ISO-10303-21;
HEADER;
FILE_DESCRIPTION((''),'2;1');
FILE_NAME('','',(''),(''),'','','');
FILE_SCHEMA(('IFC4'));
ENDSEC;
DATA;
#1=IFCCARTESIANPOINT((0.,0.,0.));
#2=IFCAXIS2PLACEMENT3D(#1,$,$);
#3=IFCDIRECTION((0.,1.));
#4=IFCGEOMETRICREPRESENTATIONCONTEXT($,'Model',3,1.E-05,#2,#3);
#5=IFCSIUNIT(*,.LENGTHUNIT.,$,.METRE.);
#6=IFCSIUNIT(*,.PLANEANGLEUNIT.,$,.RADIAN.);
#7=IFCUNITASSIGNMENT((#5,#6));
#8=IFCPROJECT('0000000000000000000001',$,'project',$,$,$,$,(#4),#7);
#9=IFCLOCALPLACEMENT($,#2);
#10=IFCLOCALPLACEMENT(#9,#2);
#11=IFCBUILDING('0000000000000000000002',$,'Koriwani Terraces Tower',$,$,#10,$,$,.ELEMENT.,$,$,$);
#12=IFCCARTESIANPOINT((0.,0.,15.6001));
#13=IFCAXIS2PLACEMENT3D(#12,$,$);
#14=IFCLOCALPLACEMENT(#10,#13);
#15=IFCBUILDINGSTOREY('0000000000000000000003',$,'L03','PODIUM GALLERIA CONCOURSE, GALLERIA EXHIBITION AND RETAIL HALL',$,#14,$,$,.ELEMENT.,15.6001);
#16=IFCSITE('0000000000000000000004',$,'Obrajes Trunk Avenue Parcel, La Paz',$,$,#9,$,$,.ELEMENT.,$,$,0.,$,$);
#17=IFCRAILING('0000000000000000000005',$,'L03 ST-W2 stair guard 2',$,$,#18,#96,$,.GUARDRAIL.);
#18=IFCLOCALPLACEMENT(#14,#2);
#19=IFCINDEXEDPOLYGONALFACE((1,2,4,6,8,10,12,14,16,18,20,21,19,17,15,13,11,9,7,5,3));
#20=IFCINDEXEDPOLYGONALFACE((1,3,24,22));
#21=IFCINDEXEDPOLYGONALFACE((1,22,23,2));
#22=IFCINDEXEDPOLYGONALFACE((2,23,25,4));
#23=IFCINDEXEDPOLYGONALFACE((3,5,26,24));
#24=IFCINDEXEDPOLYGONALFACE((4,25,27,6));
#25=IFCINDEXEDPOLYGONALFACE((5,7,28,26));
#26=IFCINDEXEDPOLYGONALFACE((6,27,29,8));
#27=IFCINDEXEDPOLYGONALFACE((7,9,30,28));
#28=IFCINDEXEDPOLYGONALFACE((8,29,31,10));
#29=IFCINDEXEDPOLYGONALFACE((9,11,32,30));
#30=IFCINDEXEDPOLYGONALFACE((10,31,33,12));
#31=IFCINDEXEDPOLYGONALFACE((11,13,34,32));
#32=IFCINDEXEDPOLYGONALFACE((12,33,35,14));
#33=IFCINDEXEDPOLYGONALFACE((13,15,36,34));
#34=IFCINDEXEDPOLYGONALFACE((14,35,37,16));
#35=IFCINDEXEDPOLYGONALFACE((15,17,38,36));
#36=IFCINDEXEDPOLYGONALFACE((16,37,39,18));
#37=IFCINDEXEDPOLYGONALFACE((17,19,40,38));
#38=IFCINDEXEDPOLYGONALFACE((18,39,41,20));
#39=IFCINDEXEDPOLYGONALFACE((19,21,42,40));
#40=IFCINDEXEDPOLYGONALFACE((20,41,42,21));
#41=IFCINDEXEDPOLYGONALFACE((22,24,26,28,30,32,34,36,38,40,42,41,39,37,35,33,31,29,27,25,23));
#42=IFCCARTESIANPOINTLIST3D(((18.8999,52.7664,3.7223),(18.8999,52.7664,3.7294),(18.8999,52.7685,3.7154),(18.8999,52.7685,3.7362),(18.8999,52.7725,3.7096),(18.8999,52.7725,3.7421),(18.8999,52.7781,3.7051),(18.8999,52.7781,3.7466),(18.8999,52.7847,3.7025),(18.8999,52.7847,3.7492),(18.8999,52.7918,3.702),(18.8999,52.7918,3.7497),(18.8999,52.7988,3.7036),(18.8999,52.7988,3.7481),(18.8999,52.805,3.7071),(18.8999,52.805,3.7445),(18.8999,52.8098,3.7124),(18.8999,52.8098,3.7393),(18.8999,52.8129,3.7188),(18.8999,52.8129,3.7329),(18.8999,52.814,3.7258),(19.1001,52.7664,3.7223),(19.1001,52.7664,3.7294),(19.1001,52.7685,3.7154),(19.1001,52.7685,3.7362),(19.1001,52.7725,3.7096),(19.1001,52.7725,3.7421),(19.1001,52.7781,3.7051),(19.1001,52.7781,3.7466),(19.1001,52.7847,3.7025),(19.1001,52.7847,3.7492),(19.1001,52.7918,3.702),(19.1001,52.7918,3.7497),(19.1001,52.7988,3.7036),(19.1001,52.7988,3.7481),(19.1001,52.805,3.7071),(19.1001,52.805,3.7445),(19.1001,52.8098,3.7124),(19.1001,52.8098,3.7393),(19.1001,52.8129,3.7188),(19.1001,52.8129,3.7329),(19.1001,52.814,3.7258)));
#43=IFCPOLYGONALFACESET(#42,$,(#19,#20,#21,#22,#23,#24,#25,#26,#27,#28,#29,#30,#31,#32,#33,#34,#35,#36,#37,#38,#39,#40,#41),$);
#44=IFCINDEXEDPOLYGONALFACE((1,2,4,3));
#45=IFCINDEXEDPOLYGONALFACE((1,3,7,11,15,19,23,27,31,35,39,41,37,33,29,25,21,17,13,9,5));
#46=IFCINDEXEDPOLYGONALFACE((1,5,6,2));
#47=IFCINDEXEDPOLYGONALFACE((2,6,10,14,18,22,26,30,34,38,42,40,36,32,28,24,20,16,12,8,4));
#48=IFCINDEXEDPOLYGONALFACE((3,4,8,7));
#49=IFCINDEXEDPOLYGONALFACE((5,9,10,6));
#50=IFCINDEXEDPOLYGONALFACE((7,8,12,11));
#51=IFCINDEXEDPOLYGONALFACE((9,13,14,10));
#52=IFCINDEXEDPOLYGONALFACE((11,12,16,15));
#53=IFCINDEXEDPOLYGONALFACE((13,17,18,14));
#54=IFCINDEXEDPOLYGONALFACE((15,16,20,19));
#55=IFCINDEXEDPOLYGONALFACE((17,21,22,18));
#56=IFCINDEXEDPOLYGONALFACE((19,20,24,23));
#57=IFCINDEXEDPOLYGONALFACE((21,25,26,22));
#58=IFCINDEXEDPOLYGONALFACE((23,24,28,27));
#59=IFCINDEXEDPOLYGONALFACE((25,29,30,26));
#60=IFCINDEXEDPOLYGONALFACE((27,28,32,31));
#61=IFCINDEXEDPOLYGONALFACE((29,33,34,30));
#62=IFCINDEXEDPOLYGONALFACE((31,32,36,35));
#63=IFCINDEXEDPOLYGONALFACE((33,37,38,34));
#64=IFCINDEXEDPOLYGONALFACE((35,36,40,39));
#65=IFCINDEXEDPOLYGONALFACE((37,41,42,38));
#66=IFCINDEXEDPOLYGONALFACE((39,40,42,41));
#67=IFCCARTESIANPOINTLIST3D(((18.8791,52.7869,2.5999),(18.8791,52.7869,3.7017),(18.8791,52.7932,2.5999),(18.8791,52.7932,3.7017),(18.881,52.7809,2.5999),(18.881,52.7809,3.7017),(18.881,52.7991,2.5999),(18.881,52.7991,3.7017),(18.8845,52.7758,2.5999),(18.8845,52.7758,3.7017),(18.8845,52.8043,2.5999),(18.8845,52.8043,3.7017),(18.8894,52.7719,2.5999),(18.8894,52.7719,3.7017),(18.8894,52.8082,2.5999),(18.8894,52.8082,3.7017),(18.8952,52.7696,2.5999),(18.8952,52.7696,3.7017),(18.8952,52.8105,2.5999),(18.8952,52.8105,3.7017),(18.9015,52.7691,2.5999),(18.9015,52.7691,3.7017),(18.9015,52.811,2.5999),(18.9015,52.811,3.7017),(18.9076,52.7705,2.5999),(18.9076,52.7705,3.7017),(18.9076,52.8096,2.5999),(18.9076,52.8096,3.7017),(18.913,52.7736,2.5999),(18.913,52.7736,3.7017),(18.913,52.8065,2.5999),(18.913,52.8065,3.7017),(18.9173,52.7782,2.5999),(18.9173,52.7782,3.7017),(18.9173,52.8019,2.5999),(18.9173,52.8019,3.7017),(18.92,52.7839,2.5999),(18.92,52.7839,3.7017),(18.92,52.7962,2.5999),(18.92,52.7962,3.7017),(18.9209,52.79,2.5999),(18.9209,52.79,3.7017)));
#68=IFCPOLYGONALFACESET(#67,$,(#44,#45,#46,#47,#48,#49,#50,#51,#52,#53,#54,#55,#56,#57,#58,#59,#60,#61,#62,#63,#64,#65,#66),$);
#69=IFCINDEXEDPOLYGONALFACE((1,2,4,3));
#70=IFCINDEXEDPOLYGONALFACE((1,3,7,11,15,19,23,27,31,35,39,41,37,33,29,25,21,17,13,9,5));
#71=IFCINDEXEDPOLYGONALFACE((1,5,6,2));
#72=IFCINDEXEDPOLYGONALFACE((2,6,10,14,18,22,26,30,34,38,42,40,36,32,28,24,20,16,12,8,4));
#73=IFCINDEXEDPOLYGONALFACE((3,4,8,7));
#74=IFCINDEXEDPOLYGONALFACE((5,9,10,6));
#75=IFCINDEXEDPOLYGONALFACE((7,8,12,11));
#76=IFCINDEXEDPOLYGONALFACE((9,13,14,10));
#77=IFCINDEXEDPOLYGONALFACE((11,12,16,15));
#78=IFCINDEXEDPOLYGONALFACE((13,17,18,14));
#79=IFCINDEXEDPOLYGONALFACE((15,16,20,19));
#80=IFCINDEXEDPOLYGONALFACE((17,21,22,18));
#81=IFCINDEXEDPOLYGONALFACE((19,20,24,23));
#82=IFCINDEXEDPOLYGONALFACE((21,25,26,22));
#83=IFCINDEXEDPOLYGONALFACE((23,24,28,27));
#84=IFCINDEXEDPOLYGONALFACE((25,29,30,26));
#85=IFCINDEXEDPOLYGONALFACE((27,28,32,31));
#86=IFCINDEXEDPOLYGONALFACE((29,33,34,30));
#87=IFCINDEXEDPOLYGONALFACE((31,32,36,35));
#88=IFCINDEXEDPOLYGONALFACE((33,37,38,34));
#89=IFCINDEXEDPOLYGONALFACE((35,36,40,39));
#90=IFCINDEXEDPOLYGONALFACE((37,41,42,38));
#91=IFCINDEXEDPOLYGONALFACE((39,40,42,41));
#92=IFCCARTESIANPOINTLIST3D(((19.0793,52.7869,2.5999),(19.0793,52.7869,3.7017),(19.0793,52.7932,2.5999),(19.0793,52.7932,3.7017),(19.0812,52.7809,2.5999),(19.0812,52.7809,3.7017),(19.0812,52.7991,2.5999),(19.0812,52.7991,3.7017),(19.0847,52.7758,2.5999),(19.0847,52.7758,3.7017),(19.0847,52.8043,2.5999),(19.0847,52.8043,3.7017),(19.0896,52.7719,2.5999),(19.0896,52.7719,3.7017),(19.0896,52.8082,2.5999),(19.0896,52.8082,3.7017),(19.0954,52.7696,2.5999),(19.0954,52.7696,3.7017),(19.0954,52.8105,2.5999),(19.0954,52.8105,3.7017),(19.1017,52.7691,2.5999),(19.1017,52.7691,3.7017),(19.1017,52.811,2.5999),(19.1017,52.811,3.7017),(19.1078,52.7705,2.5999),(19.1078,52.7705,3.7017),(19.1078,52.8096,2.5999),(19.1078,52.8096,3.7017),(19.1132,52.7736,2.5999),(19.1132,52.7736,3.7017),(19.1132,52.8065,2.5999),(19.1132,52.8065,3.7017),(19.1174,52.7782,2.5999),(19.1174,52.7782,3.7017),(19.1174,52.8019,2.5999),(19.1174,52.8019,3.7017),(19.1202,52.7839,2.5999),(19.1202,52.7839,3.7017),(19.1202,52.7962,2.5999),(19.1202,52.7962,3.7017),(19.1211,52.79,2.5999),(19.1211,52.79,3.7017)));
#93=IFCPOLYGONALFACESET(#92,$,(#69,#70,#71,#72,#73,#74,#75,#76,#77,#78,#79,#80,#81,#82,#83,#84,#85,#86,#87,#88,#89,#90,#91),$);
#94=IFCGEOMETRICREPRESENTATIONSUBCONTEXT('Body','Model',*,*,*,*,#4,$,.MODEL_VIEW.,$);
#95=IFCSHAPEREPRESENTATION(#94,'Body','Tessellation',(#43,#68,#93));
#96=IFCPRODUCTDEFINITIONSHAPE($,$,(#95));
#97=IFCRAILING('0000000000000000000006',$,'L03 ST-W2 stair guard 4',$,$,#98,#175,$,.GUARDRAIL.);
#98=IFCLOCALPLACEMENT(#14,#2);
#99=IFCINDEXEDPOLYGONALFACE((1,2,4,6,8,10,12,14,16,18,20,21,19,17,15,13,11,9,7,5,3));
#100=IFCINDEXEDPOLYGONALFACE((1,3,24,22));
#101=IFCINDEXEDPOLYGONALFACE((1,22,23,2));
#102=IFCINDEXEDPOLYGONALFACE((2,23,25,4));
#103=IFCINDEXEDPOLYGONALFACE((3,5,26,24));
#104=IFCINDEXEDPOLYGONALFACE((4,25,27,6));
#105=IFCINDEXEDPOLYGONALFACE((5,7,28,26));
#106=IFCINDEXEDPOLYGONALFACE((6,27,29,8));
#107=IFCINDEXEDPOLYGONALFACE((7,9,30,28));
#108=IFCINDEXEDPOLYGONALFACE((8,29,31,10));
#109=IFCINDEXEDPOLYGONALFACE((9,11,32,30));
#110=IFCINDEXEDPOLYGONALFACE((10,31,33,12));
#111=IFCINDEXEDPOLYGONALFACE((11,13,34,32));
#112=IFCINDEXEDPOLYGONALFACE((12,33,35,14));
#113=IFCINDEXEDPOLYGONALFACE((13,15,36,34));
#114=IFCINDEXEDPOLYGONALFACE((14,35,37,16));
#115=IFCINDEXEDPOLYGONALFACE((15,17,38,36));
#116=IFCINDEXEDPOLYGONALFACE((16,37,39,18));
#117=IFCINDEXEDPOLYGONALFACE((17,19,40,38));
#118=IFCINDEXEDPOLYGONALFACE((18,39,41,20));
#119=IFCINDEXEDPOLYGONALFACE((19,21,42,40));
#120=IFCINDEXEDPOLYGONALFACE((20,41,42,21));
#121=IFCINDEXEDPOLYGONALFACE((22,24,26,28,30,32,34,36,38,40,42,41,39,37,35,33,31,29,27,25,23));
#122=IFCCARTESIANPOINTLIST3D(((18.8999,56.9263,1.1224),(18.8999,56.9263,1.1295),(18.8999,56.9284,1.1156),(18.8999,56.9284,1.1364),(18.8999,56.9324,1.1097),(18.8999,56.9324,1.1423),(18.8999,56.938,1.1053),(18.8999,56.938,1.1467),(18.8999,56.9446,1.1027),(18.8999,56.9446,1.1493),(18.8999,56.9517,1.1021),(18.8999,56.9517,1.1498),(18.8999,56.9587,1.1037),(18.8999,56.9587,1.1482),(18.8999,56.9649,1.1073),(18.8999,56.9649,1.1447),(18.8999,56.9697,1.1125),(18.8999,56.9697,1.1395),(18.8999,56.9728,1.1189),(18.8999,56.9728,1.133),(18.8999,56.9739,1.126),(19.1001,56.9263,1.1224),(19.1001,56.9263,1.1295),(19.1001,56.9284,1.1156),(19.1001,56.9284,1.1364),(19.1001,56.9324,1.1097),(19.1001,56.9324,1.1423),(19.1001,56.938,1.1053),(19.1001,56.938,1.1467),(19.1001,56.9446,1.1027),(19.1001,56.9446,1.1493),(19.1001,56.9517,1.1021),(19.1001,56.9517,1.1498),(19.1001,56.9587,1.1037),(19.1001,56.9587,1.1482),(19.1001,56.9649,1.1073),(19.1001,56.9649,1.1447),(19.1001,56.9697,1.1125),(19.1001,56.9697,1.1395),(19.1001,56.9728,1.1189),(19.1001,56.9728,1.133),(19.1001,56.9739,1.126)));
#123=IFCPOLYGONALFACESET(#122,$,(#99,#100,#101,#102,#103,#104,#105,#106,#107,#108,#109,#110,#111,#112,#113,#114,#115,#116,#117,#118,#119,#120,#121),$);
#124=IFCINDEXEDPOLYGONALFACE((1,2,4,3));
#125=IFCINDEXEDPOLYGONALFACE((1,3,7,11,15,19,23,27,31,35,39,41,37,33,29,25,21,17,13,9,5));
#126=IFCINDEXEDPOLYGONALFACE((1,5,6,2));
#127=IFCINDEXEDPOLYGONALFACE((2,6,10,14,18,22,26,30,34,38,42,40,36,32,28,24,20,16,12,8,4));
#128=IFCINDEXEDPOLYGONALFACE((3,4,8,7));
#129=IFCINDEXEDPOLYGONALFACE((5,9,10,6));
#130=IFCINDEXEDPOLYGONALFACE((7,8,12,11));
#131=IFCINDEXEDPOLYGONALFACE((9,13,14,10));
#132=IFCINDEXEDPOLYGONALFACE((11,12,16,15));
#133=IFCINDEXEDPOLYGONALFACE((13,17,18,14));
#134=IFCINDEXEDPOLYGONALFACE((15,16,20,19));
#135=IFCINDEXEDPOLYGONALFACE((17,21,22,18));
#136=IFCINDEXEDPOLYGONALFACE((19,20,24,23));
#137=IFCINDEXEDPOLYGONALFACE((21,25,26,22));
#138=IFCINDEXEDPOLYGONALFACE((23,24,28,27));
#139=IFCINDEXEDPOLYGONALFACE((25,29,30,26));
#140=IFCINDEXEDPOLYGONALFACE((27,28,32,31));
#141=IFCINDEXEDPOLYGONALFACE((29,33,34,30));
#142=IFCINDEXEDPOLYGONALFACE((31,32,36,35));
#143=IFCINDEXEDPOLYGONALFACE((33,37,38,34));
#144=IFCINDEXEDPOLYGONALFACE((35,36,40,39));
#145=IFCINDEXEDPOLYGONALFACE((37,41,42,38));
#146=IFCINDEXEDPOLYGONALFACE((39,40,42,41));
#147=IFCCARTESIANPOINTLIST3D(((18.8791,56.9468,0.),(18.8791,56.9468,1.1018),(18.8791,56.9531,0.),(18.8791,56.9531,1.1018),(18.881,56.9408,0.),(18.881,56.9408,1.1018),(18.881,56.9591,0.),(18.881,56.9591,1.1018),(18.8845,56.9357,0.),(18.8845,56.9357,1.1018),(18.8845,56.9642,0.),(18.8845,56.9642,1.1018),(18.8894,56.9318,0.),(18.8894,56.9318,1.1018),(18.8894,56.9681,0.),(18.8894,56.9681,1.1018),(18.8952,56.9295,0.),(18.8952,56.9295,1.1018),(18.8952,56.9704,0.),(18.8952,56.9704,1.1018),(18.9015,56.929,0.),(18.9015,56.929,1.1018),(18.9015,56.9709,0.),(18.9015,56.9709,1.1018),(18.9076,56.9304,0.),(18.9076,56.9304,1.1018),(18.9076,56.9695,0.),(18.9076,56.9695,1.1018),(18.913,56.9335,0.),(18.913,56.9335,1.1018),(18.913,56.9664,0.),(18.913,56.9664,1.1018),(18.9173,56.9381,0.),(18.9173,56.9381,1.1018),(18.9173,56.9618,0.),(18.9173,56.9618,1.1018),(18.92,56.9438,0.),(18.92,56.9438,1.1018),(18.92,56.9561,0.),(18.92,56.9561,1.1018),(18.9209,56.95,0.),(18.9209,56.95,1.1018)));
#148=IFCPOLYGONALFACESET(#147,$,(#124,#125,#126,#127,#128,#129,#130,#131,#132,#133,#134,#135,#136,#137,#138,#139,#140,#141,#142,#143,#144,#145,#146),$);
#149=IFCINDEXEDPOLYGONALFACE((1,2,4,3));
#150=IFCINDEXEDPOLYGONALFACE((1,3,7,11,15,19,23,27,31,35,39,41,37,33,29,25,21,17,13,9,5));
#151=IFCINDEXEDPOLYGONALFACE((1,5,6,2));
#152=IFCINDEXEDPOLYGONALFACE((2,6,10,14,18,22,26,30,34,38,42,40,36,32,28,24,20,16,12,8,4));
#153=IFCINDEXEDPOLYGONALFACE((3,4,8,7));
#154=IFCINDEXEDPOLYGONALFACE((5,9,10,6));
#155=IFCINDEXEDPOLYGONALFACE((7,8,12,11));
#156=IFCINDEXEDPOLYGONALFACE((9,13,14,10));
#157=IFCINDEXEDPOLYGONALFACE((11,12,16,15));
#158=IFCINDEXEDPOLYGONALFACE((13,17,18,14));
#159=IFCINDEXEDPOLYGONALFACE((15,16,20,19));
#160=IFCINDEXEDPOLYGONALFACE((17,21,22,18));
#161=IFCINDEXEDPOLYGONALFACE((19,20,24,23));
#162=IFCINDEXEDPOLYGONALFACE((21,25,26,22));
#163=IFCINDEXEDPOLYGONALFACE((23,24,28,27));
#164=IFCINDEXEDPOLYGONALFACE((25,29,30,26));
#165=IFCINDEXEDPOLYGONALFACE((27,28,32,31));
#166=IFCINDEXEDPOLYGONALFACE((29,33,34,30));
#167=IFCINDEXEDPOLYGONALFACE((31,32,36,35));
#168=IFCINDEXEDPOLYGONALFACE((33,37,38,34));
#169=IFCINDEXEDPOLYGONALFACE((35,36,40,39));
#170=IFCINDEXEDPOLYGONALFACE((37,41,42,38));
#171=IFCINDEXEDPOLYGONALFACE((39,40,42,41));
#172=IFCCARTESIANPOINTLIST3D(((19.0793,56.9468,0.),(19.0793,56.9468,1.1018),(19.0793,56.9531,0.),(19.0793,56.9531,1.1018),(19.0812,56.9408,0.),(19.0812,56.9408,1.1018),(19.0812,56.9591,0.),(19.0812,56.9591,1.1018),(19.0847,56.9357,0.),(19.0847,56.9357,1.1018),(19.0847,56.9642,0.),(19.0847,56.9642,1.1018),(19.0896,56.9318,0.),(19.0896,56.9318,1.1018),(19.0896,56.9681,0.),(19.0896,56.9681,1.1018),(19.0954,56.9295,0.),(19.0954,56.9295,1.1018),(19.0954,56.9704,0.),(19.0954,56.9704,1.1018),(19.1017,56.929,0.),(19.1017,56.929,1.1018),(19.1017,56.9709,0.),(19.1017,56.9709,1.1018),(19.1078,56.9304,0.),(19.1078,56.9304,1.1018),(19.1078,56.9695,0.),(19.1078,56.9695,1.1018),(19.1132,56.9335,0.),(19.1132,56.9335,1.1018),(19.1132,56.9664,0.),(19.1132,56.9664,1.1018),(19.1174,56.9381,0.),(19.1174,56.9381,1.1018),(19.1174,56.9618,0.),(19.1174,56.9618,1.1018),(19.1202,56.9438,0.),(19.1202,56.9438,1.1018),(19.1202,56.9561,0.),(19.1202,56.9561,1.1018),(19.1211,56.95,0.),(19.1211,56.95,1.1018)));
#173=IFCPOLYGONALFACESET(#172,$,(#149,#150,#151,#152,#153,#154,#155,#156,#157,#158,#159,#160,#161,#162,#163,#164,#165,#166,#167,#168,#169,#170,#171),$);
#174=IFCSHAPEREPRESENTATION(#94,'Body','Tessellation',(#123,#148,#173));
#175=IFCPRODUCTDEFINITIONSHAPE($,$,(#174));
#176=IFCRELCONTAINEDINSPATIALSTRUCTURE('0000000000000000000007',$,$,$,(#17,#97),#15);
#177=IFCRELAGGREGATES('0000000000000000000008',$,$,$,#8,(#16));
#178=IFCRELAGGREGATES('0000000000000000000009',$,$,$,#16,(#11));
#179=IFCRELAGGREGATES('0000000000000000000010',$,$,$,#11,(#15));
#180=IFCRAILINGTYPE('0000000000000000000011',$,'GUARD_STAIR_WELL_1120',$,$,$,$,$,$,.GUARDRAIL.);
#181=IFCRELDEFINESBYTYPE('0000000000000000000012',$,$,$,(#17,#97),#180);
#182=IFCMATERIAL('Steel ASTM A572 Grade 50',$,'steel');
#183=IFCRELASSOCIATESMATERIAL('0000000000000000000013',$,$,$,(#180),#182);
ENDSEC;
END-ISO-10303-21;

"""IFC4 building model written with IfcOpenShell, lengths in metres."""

from ifc_helpers import new_model, si_unit, direction, frame, origin, origin_2d, place, context, subcontext, project, spatial, circle, extrude, material, type_object, element, save


model = new_model("IFC4")

# Units and contexts
model_context = context("Model", 3, precision=1e-05, world=origin(), true_north=direction((0.0, 1.0)))
body_context = subcontext(model_context, "Body", "Model", "MODEL_VIEW")
ifc_project = project(units=[si_unit("LENGTHUNIT", "METRE"), si_unit("PLANEANGLEUNIT", "RADIAN")], contexts=[model_context])

# Site, building, storey
site_placement = place(None, origin())
site = spatial("IfcSite", under=ifc_project, at=site_placement, Name="Obrajes Trunk Avenue Parcel, La Paz", CompositionType="ELEMENT", RefElevation=0.0)
building_placement = place(site_placement, origin())
building = spatial("IfcBuilding", under=site, at=building_placement, Name="Koriwani Terraces Tower", CompositionType="ELEMENT")
storey_placement = place(building_placement, frame((0.0, 0.0, 15.6001)))
storey = spatial("IfcBuildingStorey", under=building, at=storey_placement, Name="L03", Description="PODIUM GALLERIA CONCOURSE, GALLERIA EXHIBITION AND RETAIL HALL", CompositionType="ELEMENT", Elevation=15.6001)

# Shared definitions
ifc_material_1 = material(Name="Steel ASTM A572 Grade 50", Category="steel")

# Railings
railing_type_1 = type_object("IfcRailingType", Name="GUARD_STAIR_WELL_1120", PredefinedType="GUARDRAIL", material=ifc_material_1)
for number, where, name in (
    (1, (18.8999, 52.79, 2.5999), "L03 ST-W2 stair guard 2"),
    (2, (18.8999, 56.95, 0.0), "L03 ST-W2 stair guard 4"),
):
    element("IfcRailing", number, at=place(storey_placement, frame(where)), inside=storey, type_object=railing_type_1, Name=name, PredefinedType="GUARDRAIL", context=body_context, shape_type="SweptSolid", body=[
        extrude(circle(Radius=0.0239, at=origin_2d()), frame((0.0, 0.0, 1.126), z_axis=(1.0, 0.0, 0.0), x_axis=(0.0, 1.0, 0.0)), (0.0, 0.0, 1.0), 0.2002),
        extrude(circle(Radius=0.021, at=origin_2d()), origin(), (0.0, 0.0, 1.0), 1.1018),
        extrude(circle(Radius=0.021, at=origin_2d()), frame((0.2002, 0.0, 0.0)), (0.0, 0.0, 1.0), 1.1018),
    ])

save(model, "model.ifc")
